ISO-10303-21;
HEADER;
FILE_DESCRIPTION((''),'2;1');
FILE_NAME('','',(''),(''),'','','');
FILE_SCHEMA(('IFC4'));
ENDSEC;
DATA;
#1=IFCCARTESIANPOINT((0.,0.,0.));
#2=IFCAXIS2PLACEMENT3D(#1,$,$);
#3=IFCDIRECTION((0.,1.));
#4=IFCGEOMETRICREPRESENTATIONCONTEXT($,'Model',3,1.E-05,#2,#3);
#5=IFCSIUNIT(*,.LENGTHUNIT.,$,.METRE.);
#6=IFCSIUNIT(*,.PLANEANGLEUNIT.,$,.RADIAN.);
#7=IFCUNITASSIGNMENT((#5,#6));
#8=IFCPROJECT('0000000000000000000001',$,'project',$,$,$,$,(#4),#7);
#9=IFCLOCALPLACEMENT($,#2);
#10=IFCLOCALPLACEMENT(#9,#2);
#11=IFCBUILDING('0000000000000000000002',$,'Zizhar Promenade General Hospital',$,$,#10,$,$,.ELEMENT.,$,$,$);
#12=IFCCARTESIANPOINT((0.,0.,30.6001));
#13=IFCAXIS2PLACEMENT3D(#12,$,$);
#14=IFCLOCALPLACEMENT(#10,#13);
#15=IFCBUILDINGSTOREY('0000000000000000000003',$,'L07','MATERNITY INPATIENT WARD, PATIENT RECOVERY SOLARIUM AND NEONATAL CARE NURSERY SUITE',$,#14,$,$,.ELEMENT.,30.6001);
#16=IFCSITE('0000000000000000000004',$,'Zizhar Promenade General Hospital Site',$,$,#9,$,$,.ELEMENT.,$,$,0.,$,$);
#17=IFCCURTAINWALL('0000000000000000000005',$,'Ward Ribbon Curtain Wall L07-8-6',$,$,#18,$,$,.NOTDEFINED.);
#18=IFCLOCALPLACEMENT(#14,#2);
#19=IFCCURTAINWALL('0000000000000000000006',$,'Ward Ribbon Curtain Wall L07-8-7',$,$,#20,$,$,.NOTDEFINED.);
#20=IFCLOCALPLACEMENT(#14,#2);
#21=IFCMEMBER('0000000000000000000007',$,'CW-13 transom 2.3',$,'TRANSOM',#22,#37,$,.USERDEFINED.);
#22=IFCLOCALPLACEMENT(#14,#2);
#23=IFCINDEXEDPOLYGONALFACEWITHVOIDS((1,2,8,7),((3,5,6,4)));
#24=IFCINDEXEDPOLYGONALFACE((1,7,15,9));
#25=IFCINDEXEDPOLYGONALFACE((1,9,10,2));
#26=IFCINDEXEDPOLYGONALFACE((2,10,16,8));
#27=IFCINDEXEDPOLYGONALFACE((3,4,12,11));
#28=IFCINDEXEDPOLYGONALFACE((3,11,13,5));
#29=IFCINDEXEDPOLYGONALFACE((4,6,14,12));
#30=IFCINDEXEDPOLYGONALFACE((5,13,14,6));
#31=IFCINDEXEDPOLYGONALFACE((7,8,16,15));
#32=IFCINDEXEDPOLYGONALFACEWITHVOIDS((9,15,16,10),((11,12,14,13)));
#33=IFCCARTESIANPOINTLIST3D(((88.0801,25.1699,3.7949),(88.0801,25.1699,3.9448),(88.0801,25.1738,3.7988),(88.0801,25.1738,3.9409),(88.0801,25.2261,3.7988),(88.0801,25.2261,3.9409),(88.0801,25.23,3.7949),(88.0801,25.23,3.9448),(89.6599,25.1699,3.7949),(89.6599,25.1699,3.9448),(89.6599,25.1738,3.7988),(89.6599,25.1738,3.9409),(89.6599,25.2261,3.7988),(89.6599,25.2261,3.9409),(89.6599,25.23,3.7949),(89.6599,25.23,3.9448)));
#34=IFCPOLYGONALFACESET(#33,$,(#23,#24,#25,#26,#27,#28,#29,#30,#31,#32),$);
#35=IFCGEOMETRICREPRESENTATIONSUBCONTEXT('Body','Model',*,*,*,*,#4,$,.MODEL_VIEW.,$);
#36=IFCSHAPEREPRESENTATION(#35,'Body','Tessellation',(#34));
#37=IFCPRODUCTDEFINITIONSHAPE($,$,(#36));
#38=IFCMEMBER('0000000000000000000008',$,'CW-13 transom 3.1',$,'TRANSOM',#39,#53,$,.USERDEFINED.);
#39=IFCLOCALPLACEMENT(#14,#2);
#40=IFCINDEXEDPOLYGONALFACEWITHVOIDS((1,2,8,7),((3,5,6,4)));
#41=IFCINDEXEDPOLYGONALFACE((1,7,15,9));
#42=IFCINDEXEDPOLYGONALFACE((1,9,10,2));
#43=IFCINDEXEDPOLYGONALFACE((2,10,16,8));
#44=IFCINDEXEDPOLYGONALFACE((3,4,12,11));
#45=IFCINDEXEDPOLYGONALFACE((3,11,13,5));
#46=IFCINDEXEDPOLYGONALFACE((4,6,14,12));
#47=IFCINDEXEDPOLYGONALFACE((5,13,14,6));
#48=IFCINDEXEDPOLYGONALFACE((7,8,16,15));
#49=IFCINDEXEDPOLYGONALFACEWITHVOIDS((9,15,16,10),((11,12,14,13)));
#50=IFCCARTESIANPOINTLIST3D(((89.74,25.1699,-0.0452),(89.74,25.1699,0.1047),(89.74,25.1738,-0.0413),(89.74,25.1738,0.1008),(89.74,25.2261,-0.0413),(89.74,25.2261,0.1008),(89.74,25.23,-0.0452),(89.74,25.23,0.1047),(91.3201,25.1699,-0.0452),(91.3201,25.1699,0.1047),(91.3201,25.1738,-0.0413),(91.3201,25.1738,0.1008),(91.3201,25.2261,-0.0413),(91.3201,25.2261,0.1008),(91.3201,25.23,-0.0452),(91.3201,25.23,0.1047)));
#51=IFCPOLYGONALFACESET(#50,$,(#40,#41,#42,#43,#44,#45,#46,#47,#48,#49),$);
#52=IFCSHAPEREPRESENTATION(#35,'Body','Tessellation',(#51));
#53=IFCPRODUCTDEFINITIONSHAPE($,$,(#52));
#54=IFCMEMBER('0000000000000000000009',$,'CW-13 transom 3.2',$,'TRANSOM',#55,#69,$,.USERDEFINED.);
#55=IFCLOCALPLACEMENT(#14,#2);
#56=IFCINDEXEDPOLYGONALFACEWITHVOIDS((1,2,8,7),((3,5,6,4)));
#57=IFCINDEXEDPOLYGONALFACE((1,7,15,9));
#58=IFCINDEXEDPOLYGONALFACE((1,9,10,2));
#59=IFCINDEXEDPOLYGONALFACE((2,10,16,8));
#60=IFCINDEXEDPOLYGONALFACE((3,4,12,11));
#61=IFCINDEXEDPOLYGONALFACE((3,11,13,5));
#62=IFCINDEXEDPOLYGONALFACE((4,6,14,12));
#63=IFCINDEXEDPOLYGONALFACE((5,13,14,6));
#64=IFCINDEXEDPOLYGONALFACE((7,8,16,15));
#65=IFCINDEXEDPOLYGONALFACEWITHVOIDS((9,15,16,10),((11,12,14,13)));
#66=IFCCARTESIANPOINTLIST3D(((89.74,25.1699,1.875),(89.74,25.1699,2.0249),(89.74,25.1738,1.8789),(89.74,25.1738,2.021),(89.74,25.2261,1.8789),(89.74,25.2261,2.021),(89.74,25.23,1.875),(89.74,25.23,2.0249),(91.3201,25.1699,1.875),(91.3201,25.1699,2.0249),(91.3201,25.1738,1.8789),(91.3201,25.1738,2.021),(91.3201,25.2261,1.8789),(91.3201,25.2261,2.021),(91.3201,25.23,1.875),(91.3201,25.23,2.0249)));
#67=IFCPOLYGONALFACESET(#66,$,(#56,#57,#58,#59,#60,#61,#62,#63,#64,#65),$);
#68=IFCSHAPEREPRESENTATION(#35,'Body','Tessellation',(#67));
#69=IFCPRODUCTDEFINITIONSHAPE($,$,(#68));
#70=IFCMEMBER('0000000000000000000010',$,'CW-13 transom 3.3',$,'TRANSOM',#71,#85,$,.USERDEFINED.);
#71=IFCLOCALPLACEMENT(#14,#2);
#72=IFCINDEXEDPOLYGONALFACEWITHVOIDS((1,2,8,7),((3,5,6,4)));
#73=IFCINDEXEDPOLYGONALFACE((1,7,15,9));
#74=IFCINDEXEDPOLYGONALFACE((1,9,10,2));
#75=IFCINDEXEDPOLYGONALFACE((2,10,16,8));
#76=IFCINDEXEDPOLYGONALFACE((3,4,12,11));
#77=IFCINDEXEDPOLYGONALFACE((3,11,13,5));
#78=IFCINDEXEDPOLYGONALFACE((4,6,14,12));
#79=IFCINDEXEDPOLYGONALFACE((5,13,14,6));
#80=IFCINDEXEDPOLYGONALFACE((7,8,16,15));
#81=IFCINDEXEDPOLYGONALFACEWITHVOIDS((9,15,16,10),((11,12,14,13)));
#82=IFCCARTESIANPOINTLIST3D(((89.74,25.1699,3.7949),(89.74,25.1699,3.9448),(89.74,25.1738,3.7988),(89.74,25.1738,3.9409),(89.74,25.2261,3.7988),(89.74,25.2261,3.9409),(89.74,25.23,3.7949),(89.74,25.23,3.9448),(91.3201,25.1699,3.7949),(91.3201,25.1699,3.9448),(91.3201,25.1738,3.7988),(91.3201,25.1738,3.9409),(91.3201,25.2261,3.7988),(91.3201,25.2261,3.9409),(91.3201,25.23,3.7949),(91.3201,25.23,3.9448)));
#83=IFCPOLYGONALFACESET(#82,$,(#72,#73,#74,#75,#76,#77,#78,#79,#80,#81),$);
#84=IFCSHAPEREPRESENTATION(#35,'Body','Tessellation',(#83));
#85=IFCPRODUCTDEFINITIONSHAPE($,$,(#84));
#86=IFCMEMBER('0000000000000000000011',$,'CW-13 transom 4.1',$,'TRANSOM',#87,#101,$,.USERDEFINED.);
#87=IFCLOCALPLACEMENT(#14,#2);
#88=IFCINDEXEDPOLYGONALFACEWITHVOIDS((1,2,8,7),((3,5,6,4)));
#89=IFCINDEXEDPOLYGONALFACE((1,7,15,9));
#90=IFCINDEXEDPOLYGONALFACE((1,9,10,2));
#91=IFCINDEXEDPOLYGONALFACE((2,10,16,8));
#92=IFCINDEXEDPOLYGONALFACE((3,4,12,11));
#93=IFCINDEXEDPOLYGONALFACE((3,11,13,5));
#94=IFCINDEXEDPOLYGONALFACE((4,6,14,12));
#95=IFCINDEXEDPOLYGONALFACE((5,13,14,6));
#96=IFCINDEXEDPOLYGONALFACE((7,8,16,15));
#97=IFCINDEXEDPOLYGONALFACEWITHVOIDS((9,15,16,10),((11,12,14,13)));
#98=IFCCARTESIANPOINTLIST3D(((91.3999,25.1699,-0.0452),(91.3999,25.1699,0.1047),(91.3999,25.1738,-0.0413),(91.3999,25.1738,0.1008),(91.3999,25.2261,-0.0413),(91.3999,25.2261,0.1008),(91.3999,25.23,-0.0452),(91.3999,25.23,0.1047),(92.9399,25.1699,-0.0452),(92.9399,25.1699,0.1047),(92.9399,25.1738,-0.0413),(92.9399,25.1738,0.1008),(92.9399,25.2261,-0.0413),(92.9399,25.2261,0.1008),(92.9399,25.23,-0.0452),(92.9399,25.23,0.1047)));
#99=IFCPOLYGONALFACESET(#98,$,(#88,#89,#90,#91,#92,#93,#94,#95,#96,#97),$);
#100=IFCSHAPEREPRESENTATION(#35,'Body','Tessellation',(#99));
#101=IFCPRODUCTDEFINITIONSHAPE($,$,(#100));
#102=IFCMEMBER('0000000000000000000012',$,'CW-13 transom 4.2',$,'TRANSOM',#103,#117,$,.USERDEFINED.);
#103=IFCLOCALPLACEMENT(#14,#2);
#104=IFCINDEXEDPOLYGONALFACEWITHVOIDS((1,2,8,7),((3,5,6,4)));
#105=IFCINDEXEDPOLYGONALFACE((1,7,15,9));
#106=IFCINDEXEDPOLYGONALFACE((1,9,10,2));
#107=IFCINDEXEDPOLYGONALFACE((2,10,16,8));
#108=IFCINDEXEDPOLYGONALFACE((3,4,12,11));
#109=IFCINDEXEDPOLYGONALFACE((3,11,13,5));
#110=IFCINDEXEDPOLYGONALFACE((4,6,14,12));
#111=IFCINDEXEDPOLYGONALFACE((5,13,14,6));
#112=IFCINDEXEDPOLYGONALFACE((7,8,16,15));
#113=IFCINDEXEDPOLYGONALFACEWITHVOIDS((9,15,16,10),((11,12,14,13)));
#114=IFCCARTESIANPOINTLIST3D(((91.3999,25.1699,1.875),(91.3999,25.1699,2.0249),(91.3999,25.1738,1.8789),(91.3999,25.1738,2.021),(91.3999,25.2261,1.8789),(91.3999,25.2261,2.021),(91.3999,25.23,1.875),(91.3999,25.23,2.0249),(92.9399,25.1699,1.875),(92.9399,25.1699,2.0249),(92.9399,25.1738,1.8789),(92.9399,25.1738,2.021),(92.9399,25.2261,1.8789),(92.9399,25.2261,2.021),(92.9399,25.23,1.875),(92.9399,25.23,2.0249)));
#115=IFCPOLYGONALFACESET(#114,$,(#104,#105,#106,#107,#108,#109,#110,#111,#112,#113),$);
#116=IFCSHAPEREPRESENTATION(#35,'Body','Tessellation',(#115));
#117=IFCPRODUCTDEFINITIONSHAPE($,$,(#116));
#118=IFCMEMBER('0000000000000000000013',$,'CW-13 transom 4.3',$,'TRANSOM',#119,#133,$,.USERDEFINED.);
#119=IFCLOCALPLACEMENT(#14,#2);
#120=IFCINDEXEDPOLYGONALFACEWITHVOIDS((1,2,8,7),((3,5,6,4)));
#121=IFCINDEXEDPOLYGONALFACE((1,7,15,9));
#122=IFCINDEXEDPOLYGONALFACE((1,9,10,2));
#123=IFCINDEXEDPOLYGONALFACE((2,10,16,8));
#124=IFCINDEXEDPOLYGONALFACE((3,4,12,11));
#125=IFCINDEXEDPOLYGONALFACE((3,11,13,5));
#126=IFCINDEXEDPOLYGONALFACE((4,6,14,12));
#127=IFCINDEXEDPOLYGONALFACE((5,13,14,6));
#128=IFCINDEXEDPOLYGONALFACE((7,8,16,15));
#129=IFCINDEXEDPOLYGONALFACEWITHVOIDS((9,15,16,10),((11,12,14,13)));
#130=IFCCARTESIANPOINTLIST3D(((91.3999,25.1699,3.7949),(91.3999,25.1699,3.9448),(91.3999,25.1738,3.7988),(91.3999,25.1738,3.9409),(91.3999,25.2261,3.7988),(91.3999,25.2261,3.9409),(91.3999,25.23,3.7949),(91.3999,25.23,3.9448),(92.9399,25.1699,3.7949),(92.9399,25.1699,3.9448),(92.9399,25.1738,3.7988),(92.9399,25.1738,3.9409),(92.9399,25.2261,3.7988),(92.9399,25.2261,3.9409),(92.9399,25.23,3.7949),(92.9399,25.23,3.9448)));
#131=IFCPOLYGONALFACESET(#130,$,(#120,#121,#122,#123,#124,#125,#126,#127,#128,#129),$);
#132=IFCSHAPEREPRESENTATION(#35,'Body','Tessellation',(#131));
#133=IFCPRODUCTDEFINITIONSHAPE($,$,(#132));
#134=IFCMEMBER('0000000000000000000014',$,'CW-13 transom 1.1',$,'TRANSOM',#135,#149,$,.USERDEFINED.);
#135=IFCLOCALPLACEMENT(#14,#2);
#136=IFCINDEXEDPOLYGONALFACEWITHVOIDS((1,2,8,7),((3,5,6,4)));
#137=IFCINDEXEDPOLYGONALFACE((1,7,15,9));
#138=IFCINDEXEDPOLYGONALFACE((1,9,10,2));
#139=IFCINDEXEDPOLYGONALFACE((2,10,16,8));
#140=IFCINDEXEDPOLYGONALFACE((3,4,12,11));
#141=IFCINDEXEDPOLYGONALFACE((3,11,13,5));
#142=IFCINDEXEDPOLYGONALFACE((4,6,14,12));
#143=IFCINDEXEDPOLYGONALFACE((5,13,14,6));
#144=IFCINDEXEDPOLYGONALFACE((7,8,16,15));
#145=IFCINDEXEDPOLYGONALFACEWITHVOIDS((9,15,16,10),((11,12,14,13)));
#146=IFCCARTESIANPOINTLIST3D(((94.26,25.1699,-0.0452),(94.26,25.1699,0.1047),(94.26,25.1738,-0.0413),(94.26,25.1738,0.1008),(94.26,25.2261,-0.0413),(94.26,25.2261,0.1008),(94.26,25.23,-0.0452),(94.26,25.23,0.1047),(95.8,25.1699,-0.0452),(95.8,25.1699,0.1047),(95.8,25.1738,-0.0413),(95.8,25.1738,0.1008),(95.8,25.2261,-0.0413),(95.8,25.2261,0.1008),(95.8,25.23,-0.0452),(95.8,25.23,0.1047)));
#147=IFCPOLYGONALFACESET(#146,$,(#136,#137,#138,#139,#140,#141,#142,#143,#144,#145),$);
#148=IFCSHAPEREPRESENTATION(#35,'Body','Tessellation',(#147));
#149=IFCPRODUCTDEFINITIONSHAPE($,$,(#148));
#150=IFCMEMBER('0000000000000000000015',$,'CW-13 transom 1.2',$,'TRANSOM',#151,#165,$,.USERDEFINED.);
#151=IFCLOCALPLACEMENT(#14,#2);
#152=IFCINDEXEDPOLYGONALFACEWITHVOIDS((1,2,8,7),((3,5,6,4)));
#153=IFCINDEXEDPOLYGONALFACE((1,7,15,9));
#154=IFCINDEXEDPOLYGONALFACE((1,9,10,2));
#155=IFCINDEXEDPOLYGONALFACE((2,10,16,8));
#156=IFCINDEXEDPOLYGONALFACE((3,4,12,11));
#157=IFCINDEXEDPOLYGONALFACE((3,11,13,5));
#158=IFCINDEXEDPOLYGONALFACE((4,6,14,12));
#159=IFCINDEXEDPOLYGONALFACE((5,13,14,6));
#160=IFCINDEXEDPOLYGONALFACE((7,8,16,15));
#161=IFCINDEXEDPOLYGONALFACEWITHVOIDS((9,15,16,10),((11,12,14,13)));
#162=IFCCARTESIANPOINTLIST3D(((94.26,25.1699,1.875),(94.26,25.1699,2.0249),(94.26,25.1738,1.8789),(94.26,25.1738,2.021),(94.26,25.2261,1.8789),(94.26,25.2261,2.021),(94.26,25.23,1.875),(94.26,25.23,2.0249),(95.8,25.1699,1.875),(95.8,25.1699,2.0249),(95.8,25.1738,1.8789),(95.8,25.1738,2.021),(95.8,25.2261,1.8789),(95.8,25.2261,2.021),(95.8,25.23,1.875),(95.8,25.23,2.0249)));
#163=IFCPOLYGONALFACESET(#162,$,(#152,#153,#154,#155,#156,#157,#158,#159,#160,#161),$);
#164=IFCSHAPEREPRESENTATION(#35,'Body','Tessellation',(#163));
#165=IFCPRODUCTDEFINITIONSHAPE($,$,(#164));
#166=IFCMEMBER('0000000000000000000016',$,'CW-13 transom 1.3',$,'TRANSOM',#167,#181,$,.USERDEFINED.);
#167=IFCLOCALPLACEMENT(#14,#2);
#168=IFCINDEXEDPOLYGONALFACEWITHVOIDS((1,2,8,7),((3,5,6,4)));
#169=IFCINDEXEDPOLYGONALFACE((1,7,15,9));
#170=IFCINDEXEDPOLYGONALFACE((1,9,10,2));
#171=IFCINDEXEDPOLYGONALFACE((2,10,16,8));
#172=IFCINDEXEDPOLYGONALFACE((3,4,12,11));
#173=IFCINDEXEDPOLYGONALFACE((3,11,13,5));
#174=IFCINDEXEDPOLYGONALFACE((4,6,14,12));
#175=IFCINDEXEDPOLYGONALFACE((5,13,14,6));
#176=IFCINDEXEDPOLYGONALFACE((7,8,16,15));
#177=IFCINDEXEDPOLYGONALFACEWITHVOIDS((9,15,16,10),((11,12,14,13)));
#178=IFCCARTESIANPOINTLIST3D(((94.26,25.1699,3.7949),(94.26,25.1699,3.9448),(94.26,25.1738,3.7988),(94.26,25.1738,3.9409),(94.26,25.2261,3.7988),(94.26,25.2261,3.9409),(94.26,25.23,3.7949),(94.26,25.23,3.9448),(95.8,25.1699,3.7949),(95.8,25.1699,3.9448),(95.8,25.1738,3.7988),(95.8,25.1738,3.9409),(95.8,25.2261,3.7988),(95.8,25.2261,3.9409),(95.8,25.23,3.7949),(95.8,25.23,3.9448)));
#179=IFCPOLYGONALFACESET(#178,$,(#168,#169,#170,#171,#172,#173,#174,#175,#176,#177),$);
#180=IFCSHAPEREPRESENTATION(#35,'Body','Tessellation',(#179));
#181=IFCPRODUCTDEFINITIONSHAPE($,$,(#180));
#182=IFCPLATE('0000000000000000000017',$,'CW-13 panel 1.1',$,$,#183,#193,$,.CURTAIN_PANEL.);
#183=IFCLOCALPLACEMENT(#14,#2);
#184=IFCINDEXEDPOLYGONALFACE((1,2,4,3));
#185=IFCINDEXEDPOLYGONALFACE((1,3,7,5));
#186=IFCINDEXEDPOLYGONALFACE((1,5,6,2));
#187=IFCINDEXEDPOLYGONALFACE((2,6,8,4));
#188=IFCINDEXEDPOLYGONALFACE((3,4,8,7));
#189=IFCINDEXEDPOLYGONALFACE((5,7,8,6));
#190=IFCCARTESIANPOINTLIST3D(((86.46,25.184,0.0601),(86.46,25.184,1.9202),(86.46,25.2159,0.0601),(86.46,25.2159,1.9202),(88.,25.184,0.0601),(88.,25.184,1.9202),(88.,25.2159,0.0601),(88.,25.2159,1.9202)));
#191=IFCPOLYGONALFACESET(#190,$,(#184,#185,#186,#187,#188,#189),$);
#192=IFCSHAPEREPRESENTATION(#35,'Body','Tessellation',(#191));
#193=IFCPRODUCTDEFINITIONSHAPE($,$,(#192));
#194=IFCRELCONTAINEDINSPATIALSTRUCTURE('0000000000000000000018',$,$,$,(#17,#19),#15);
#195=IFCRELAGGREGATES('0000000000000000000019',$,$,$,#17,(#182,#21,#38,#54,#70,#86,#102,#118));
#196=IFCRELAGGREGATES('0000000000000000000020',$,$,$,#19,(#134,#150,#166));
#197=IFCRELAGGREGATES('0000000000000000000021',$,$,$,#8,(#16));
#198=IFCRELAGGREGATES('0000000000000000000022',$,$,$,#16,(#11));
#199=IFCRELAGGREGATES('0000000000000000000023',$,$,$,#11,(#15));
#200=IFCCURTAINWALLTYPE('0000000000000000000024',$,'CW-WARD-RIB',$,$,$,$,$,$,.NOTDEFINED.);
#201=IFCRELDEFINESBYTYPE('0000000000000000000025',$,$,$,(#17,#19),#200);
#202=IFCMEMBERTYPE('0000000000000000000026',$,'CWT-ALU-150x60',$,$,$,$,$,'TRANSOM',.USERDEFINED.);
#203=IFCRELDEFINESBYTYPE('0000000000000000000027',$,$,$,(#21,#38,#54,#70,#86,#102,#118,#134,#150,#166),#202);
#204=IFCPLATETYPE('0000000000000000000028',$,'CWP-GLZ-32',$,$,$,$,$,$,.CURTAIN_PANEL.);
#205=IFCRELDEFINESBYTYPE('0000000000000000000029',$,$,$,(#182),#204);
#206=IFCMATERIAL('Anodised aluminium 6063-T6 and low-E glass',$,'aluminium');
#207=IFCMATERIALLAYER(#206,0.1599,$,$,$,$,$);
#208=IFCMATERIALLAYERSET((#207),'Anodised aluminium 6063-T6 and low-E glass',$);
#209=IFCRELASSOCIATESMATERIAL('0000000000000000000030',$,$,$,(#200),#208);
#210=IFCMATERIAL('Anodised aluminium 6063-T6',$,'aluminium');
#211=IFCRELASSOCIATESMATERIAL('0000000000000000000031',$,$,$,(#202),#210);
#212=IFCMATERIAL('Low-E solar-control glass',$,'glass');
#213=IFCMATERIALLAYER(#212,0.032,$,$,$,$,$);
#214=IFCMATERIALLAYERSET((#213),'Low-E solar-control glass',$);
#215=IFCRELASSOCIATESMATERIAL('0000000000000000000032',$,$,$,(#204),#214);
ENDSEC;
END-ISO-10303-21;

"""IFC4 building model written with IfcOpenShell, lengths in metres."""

from ifc_helpers import new_model, si_unit, direction, frame, origin, origin_2d, place, context, subcontext, project, spatial, rectangle, hollow_rectangle, extrude, material, layer, layer_set, material_profile, profile_set, type_object, element, aggregate, save


model = new_model("IFC4")

# Units and contexts
model_context = context("Model", 3, precision=1e-05, world=origin(), true_north=direction((0.0, 1.0)))
body_context = subcontext(model_context, "Body", "Model", "MODEL_VIEW")
ifc_project = project(units=[si_unit("LENGTHUNIT", "METRE"), si_unit("PLANEANGLEUNIT", "RADIAN")], contexts=[model_context])

# Site, building, storey
site_placement = place(None, origin())
site = spatial("IfcSite", under=ifc_project, at=site_placement, Name="Zizhar Promenade General Hospital Site", CompositionType="ELEMENT", RefElevation=0.0)
building_placement = place(site_placement, origin())
building = spatial("IfcBuilding", under=site, at=building_placement, Name="Zizhar Promenade General Hospital", CompositionType="ELEMENT")
storey_placement = place(building_placement, frame((0.0, 0.0, 30.6001)))
storey = spatial("IfcBuildingStorey", under=building, at=storey_placement, Name="L07", Description="MATERNITY INPATIENT WARD, PATIENT RECOVERY SOLARIUM AND NEONATAL CARE NURSERY SUITE", CompositionType="ELEMENT", Elevation=30.6001)

# Curtain wall
ifc_material_1 = material(Name="Anodised aluminium 6063-T6 and low-E glass", Category="aluminium")
ifc_layer_1 = layer(ifc_material_1, 0.1599)
ifc_layer_set_1 = layer_set([ifc_layer_1], Name="Anodised aluminium 6063-T6 and low-E glass")
curtain_wall_type = type_object("IfcCurtainWallType", Name="CW-WARD-RIB", PredefinedType="NOTDEFINED", material=ifc_layer_set_1)
curtain_wall_1_placement = place(storey_placement, origin())
curtain_wall_1 = element("IfcCurtainWall", 1, at=curtain_wall_1_placement, inside=storey, type_object=curtain_wall_type, Name="Ward Ribbon Curtain Wall L07-8-6", PredefinedType="NOTDEFINED")

# Curtain wall
curtain_wall_2_placement = place(storey_placement, origin())
curtain_wall_2 = element("IfcCurtainWall", 2, at=curtain_wall_2_placement, inside=storey, type_object=curtain_wall_type, Name="Ward Ribbon Curtain Wall L07-8-7", PredefinedType="NOTDEFINED")

# Members
ifc_material_2 = material(Name="Anodised aluminium 6063-T6", Category="aluminium")
ifc_material_profile_1 = material_profile(ifc_material_2, hollow_rectangle(XDim=0.0601, YDim=0.1499, WallThickness=0.0039, at=origin_2d()))
ifc_profile_set_1 = profile_set([ifc_material_profile_1], Name="Anodised aluminium 6063-T6")
member_type_1 = type_object("IfcMemberType", Name="CWT-ALU-150x60", ElementType="TRANSOM", PredefinedType="USERDEFINED", material=ifc_profile_set_1)
member_1_placement = place(storey_placement, frame((88.0801, 25.2, 3.8699), z_axis=(1.0, 0.0, 0.0), x_axis=(0.0, 1.0, 0.0)))
member_1 = element("IfcMember", 3, at=member_1_placement, type_object=member_type_1, Name="CW-13 transom 2.3", ObjectType="TRANSOM", PredefinedType="USERDEFINED", context=body_context, shape_type="SweptSolid", body=[
    extrude(hollow_rectangle(XDim=0.0601, YDim=0.1499, WallThickness=0.0039, at=origin_2d()), origin(), (0.0, 0.0, 1.0), 1.5798),
])
member_2_placement = place(storey_placement, frame((89.74, 25.2, 0.0298), z_axis=(1.0, 0.0, 0.0), x_axis=(0.0, 1.0, 0.0)))
member_2 = element("IfcMember", 4, at=member_2_placement, type_object=member_type_1, Name="CW-13 transom 3.1", ObjectType="TRANSOM", PredefinedType="USERDEFINED", context=body_context, shape_type="SweptSolid", body=[
    extrude(hollow_rectangle(XDim=0.0601, YDim=0.1499, WallThickness=0.0039, at=origin_2d()), origin(), (0.0, 0.0, 1.0), 1.5801),
])
member_3_placement = place(storey_placement, frame((89.74, 25.2, 1.95), z_axis=(1.0, 0.0, 0.0), x_axis=(0.0, 1.0, 0.0)))
member_3 = element("IfcMember", 5, at=member_3_placement, type_object=member_type_1, Name="CW-13 transom 3.2", ObjectType="TRANSOM", PredefinedType="USERDEFINED", context=body_context, shape_type="SweptSolid", body=[
    extrude(hollow_rectangle(XDim=0.0601, YDim=0.1499, WallThickness=0.0039, at=origin_2d()), origin(), (0.0, 0.0, 1.0), 1.5801),
])
member_4_placement = place(storey_placement, frame((89.74, 25.2, 3.8699), z_axis=(1.0, 0.0, 0.0), x_axis=(0.0, 1.0, 0.0)))
member_4 = element("IfcMember", 6, at=member_4_placement, type_object=member_type_1, Name="CW-13 transom 3.3", ObjectType="TRANSOM", PredefinedType="USERDEFINED", context=body_context, shape_type="SweptSolid", body=[
    extrude(hollow_rectangle(XDim=0.0601, YDim=0.1499, WallThickness=0.0039, at=origin_2d()), origin(), (0.0, 0.0, 1.0), 1.5801),
])
member_5_placement = place(storey_placement, frame((91.3999, 25.2, 0.0298), z_axis=(1.0, 0.0, 0.0), x_axis=(0.0, 1.0, 0.0)))
member_5 = element("IfcMember", 7, at=member_5_placement, type_object=member_type_1, Name="CW-13 transom 4.1", ObjectType="TRANSOM", PredefinedType="USERDEFINED", context=body_context, shape_type="SweptSolid", body=[
    extrude(hollow_rectangle(XDim=0.0601, YDim=0.1499, WallThickness=0.0039, at=origin_2d()), origin(), (0.0, 0.0, 1.0), 1.54),
])
member_6_placement = place(storey_placement, frame((91.3999, 25.2, 1.95), z_axis=(1.0, 0.0, 0.0), x_axis=(0.0, 1.0, 0.0)))
member_6 = element("IfcMember", 8, at=member_6_placement, type_object=member_type_1, Name="CW-13 transom 4.2", ObjectType="TRANSOM", PredefinedType="USERDEFINED", context=body_context, shape_type="SweptSolid", body=[
    extrude(hollow_rectangle(XDim=0.0601, YDim=0.1499, WallThickness=0.0039, at=origin_2d()), origin(), (0.0, 0.0, 1.0), 1.54),
])
member_7_placement = place(storey_placement, frame((91.3999, 25.2, 3.8699), z_axis=(1.0, 0.0, 0.0), x_axis=(0.0, 1.0, 0.0)))
member_7 = element("IfcMember", 9, at=member_7_placement, type_object=member_type_1, Name="CW-13 transom 4.3", ObjectType="TRANSOM", PredefinedType="USERDEFINED", context=body_context, shape_type="SweptSolid", body=[
    extrude(hollow_rectangle(XDim=0.0601, YDim=0.1499, WallThickness=0.0039, at=origin_2d()), origin(), (0.0, 0.0, 1.0), 1.54),
])
member_8_placement = place(storey_placement, frame((94.26, 25.2, 0.0298), z_axis=(1.0, 0.0, 0.0), x_axis=(0.0, 1.0, 0.0)))
member_8 = element("IfcMember", 10, at=member_8_placement, type_object=member_type_1, Name="CW-13 transom 1.1", ObjectType="TRANSOM", PredefinedType="USERDEFINED", context=body_context, shape_type="SweptSolid", body=[
    extrude(hollow_rectangle(XDim=0.0601, YDim=0.1499, WallThickness=0.0039, at=origin_2d()), origin(), (0.0, 0.0, 1.0), 1.54),
])
member_9_placement = place(storey_placement, frame((94.26, 25.2, 1.95), z_axis=(1.0, 0.0, 0.0), x_axis=(0.0, 1.0, 0.0)))
member_9 = element("IfcMember", 11, at=member_9_placement, type_object=member_type_1, Name="CW-13 transom 1.2", ObjectType="TRANSOM", PredefinedType="USERDEFINED", context=body_context, shape_type="SweptSolid", body=[
    extrude(hollow_rectangle(XDim=0.0601, YDim=0.1499, WallThickness=0.0039, at=origin_2d()), origin(), (0.0, 0.0, 1.0), 1.54),
])
member_10_placement = place(storey_placement, frame((94.26, 25.2, 3.8699), z_axis=(1.0, 0.0, 0.0), x_axis=(0.0, 1.0, 0.0)))
member_10 = element("IfcMember", 12, at=member_10_placement, type_object=member_type_1, Name="CW-13 transom 1.3", ObjectType="TRANSOM", PredefinedType="USERDEFINED", context=body_context, shape_type="SweptSolid", body=[
    extrude(hollow_rectangle(XDim=0.0601, YDim=0.1499, WallThickness=0.0039, at=origin_2d()), origin(), (0.0, 0.0, 1.0), 1.54),
])

# Plate
ifc_material_3 = material(Name="Low-E solar-control glass", Category="glass")
ifc_layer_2 = layer(ifc_material_3, 0.032)
ifc_layer_set_2 = layer_set([ifc_layer_2], Name="Low-E solar-control glass")
plate_type = type_object("IfcPlateType", Name="CWP-GLZ-32", PredefinedType="CURTAIN_PANEL", material=ifc_layer_set_2)
plate_1_placement = place(storey_placement, frame((87.23, 25.2, 0.0601), z_axis=(0.0, 0.0, 1.0), x_axis=(1.0, 0.0, 0.0)))
plate_1 = element("IfcPlate", 13, at=plate_1_placement, type_object=plate_type, Name="CW-13 panel 1.1", PredefinedType="CURTAIN_PANEL", context=body_context, shape_type="SweptSolid", body=[
    extrude(rectangle(XDim=1.54, YDim=0.032, at=origin_2d()), origin(), (0.0, 0.0, 1.0), 1.8601),
])
aggregate(curtain_wall_1, [plate_1, member_1, member_2, member_3, member_4, member_5, member_6, member_7])
aggregate(curtain_wall_2, [member_8, member_9, member_10])

save(model, "model.ifc")
